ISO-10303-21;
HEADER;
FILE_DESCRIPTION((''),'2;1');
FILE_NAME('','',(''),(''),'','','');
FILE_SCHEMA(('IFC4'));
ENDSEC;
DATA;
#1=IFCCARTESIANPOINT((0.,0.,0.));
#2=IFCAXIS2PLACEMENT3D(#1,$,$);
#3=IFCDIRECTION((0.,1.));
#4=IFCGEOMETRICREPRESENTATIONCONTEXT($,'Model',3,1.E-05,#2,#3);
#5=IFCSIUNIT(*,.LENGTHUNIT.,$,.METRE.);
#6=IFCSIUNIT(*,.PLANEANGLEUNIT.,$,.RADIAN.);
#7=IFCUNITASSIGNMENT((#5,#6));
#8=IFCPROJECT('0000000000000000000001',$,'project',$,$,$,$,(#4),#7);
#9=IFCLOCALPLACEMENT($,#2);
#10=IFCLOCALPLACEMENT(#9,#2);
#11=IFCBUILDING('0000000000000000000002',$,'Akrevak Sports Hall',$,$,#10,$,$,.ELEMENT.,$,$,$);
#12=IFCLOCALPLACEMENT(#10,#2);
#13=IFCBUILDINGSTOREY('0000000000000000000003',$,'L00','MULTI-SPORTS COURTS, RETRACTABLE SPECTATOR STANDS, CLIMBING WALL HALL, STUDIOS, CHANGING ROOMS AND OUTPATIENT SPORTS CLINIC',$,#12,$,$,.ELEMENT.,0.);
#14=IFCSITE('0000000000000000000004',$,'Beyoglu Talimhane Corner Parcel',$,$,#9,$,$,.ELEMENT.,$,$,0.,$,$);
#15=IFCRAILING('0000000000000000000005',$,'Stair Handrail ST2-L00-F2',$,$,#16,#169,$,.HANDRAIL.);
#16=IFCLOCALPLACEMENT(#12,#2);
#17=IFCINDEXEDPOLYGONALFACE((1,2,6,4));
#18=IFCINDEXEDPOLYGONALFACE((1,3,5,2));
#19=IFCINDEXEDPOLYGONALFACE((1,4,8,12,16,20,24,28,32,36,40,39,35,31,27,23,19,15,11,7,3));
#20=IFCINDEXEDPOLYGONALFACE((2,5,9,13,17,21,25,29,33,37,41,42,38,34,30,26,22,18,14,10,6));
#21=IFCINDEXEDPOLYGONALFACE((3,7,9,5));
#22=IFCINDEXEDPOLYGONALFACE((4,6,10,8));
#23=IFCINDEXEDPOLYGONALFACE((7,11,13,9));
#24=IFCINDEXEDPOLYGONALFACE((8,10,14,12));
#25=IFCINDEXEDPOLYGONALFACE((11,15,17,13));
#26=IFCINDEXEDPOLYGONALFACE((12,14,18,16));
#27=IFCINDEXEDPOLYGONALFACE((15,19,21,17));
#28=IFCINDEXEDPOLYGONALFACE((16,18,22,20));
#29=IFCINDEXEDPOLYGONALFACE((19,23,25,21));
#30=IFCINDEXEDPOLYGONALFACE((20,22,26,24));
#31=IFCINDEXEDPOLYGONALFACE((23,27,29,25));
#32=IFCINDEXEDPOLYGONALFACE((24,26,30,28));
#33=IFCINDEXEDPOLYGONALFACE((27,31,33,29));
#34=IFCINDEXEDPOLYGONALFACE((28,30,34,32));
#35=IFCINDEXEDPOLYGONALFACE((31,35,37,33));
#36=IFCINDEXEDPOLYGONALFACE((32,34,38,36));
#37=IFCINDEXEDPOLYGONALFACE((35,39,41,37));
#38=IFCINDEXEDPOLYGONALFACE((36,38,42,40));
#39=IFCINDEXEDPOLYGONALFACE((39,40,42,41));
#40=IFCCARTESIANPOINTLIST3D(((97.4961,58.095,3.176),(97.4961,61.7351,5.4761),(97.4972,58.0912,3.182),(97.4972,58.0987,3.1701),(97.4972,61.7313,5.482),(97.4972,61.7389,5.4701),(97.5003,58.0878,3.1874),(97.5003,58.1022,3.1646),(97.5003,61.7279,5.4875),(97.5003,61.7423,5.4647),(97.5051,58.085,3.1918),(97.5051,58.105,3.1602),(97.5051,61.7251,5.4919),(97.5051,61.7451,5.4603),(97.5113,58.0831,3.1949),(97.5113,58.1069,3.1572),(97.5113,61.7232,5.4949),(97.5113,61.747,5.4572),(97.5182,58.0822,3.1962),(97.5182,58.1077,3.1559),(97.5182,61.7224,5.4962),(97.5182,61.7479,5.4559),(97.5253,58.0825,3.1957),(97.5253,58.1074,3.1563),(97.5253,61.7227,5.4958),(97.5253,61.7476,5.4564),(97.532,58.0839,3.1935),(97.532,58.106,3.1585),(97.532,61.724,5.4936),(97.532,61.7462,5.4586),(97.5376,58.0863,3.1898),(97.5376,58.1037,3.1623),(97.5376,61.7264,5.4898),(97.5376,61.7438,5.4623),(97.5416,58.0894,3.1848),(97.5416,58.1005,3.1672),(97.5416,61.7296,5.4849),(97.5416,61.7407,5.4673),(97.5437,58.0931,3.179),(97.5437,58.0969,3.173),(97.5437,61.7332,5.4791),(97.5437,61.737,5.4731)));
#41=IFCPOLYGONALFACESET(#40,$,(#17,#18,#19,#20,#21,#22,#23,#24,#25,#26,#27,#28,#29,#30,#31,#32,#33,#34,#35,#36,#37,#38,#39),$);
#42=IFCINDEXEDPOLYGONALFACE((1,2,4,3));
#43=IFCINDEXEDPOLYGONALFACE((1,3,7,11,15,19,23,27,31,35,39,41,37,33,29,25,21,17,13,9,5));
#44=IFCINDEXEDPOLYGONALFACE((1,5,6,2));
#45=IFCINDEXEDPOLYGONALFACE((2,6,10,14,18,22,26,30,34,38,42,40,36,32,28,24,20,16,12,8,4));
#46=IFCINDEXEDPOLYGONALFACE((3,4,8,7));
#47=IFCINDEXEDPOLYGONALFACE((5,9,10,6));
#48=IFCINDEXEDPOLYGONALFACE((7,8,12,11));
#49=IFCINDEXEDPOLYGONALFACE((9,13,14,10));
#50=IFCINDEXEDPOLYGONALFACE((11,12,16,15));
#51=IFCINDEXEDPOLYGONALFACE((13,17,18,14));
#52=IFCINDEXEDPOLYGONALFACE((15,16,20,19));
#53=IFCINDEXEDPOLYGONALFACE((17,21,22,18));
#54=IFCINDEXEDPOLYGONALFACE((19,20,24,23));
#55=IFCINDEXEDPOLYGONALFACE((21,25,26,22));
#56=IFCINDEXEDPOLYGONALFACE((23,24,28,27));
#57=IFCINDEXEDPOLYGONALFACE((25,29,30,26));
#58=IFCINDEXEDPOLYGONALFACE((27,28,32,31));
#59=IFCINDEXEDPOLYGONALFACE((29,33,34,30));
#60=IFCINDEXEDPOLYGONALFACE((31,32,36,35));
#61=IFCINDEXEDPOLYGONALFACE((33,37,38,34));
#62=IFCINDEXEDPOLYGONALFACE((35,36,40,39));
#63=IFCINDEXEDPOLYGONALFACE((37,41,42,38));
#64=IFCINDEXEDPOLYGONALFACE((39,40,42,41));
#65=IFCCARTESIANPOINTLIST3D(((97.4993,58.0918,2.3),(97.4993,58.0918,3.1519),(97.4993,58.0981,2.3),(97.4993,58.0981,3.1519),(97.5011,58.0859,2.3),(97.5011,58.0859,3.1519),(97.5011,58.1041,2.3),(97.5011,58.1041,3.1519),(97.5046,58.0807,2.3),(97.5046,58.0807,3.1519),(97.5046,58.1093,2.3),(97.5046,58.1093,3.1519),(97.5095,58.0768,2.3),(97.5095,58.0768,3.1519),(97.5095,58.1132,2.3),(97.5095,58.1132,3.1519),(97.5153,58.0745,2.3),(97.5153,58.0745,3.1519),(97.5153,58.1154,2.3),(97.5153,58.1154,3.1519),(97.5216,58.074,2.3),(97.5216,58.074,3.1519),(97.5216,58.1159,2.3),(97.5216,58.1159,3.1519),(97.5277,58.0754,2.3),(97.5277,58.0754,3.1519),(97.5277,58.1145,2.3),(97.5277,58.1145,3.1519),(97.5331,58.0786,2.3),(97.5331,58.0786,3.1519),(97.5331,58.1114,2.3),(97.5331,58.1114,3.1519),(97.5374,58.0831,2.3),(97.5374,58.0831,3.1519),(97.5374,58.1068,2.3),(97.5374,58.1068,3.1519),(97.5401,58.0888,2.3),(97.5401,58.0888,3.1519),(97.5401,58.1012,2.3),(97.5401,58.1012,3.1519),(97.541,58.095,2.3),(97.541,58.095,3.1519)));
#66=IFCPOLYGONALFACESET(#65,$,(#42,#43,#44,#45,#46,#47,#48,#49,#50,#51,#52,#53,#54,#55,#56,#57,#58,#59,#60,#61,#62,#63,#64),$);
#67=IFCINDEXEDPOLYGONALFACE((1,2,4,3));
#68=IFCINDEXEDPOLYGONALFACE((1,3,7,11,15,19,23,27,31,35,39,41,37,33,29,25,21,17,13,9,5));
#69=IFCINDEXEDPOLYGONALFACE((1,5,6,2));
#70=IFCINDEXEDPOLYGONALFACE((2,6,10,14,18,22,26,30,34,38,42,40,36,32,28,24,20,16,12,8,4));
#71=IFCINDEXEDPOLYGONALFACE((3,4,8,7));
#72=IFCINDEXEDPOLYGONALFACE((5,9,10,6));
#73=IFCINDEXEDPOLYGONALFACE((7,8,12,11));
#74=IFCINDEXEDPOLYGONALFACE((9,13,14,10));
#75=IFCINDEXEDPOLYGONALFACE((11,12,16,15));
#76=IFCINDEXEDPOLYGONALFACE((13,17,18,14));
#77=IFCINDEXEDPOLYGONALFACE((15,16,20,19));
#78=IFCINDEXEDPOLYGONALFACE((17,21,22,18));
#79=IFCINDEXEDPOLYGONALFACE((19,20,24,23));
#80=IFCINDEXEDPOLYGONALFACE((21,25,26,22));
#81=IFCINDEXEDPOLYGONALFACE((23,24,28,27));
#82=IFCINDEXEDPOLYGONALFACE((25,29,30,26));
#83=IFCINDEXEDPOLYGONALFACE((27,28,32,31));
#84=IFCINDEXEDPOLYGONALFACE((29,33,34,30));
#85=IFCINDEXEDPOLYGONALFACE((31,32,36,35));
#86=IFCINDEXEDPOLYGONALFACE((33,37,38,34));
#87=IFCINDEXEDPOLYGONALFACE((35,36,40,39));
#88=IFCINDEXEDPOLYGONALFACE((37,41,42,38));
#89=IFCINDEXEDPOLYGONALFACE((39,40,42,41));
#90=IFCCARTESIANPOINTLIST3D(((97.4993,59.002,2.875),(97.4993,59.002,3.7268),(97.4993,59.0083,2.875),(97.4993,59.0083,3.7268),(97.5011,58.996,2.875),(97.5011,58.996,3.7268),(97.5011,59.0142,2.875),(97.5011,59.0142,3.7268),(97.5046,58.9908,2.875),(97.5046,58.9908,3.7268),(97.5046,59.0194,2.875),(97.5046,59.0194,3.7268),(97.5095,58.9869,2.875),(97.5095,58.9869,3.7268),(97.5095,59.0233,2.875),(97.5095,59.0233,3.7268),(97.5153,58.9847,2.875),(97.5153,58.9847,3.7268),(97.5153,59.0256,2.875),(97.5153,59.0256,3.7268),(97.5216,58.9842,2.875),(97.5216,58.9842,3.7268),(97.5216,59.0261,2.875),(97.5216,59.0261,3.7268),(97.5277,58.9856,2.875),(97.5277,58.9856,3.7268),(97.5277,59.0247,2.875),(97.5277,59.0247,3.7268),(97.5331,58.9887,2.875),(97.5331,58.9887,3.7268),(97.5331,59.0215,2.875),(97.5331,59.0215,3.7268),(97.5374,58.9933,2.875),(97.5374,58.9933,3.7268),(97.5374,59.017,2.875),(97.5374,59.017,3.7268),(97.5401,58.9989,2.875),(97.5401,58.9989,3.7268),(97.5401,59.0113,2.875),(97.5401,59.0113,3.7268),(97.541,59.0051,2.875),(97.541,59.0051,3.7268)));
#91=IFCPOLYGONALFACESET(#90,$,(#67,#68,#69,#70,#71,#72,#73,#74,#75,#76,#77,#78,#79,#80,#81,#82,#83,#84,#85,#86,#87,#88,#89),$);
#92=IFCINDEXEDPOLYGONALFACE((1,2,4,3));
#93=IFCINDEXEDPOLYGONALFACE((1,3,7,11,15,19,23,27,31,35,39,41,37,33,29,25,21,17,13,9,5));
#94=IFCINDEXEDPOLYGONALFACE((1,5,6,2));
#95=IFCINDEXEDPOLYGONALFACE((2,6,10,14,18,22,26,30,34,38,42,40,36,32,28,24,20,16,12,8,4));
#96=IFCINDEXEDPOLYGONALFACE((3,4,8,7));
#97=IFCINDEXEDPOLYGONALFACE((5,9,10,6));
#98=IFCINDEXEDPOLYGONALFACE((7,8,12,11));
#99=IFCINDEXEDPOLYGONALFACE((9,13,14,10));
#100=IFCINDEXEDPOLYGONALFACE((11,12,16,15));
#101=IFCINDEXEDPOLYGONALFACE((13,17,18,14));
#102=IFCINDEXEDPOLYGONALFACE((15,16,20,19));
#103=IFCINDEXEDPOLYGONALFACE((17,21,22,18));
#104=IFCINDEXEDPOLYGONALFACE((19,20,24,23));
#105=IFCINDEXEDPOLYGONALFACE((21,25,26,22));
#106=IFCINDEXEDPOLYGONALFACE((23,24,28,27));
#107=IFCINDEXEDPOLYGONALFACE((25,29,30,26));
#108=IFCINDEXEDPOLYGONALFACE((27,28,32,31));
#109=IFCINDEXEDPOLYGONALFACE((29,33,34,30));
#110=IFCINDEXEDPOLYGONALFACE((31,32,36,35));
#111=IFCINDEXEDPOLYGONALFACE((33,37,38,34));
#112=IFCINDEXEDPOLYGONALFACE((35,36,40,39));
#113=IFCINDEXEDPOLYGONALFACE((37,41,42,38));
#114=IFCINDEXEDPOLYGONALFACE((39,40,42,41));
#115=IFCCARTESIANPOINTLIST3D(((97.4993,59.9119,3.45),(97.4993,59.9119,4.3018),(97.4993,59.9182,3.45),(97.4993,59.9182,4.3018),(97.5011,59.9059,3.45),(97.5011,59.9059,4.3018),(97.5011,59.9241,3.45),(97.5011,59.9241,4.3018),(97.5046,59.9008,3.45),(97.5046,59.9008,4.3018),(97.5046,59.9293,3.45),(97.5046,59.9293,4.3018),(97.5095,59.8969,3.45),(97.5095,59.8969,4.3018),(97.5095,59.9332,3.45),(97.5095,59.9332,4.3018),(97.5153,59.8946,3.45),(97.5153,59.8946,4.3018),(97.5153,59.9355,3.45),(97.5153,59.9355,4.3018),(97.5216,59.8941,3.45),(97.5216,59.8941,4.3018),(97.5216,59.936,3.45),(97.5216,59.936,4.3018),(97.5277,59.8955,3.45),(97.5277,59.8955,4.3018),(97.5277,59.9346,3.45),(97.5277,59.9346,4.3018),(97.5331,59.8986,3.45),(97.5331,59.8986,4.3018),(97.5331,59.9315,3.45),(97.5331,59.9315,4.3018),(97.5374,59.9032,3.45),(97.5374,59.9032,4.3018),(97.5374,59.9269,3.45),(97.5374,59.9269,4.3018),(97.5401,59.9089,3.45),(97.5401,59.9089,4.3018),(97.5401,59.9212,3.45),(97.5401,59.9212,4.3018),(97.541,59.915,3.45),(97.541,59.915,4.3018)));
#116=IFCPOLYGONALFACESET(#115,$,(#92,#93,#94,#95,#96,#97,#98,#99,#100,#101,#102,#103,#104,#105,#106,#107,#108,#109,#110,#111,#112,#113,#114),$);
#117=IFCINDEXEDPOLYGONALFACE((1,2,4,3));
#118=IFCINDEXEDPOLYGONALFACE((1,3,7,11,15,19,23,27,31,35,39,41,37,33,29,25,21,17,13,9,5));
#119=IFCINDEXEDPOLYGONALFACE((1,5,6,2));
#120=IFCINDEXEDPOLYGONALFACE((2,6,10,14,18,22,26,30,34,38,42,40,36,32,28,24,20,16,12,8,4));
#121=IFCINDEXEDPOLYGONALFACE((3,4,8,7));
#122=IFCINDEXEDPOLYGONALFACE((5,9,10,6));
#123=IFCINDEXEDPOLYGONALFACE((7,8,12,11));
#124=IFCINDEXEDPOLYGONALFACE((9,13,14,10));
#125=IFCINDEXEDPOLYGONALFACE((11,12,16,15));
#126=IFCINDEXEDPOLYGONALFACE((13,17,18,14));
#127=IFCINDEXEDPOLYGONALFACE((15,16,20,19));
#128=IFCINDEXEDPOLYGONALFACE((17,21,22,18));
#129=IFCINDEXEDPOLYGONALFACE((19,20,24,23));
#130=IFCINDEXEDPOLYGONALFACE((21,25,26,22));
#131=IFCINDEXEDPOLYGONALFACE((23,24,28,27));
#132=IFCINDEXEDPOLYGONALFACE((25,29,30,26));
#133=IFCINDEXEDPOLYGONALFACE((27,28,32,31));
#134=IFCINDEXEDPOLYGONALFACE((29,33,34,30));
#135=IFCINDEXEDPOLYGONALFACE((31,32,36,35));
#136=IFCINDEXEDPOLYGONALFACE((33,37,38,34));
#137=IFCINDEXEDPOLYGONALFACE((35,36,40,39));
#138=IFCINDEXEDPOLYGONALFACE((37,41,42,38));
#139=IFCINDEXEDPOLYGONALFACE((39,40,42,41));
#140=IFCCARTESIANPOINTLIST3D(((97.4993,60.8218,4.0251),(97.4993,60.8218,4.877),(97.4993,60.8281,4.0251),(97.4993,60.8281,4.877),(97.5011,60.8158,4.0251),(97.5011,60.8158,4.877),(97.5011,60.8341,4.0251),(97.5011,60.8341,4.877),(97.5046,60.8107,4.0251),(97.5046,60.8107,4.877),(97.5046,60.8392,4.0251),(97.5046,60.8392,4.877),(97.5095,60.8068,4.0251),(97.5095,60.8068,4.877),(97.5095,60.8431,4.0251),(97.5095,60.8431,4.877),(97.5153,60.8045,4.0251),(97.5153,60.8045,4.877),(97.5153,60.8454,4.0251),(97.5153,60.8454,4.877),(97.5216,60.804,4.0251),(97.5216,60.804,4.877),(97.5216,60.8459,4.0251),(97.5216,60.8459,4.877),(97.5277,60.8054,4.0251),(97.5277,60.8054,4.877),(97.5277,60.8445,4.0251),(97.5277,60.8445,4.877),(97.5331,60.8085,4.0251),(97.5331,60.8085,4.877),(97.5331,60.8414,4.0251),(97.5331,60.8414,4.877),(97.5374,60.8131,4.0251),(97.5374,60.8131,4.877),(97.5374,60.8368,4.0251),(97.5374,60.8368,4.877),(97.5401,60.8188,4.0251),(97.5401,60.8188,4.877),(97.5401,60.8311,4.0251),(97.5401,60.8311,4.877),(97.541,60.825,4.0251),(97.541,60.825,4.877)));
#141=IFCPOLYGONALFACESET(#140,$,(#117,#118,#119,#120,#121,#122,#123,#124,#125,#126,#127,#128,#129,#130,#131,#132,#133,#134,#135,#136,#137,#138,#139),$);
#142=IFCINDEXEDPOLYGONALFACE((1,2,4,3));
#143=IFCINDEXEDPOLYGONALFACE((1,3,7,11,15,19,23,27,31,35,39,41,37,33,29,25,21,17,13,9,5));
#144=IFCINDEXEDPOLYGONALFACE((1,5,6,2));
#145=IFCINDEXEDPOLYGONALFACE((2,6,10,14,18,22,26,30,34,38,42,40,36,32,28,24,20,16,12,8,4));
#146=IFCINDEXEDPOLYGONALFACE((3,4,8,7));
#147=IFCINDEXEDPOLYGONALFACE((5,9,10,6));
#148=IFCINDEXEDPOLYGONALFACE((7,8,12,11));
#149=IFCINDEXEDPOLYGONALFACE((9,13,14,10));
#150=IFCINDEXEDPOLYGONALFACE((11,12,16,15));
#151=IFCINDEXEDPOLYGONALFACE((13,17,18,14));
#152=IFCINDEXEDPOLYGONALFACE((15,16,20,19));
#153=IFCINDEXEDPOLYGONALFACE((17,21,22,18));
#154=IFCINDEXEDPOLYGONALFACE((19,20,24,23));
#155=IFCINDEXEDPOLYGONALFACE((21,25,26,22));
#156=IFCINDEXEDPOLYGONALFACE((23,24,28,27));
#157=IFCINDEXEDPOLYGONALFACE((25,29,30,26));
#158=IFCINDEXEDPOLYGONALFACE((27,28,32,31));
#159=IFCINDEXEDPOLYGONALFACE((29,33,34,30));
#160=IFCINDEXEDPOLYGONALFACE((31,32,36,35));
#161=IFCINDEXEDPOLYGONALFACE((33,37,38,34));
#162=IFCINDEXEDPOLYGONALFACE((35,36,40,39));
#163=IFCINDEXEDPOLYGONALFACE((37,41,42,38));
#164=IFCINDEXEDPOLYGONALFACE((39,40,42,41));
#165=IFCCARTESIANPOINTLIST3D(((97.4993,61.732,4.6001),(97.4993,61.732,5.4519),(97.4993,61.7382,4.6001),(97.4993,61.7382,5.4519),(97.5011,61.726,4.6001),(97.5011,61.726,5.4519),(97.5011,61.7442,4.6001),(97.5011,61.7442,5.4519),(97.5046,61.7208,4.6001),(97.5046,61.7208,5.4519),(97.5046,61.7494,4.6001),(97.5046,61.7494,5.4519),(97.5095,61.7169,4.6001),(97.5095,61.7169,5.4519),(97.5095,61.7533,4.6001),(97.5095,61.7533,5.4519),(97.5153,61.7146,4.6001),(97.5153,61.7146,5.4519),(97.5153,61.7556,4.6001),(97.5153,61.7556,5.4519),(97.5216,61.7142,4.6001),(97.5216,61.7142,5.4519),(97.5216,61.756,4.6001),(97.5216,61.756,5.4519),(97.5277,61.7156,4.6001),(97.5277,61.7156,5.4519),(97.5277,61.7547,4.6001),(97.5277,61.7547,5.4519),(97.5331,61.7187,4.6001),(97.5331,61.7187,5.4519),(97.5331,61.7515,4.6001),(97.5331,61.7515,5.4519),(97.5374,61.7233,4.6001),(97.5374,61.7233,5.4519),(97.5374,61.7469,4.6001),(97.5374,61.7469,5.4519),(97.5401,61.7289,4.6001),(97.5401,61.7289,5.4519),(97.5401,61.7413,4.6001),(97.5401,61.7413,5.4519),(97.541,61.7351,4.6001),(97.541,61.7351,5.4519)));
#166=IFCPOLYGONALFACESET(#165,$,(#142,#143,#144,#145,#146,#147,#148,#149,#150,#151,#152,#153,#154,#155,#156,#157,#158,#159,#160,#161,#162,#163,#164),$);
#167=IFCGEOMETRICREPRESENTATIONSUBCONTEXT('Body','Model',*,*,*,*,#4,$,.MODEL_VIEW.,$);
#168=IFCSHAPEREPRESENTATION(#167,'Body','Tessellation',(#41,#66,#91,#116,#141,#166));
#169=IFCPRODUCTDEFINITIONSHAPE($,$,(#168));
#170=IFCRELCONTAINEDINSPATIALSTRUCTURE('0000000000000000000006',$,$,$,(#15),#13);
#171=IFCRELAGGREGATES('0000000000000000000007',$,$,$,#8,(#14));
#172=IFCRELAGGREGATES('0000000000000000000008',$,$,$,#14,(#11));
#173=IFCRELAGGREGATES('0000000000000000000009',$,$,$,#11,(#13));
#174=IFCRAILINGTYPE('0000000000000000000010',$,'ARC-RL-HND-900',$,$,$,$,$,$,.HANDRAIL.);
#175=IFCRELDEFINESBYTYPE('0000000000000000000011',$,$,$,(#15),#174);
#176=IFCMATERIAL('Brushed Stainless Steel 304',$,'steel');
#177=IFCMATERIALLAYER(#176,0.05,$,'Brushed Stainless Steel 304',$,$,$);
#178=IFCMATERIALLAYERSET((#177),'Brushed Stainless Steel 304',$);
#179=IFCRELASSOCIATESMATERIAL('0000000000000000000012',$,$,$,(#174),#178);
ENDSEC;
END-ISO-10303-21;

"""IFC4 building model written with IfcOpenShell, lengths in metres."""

from ifc_helpers import new_model, si_unit, direction, frame, origin, origin_2d, place, context, subcontext, project, spatial, circle, extrude, material, layer, layer_set, type_object, element, save


model = new_model("IFC4")

# Units and contexts
model_context = context("Model", 3, precision=1e-05, world=origin(), true_north=direction((0.0, 1.0)))
body_context = subcontext(model_context, "Body", "Model", "MODEL_VIEW")
ifc_project = project(units=[si_unit("LENGTHUNIT", "METRE"), si_unit("PLANEANGLEUNIT", "RADIAN")], contexts=[model_context])

# Site, building, storey
site_placement = place(None, origin())
site = spatial("IfcSite", under=ifc_project, at=site_placement, Name="Beyoglu Talimhane Corner Parcel", CompositionType="ELEMENT", RefElevation=0.0)
building_placement = place(site_placement, origin())
building = spatial("IfcBuilding", under=site, at=building_placement, Name="Akrevak Sports Hall", CompositionType="ELEMENT")
storey_placement = place(building_placement, origin())
storey = spatial("IfcBuildingStorey", under=building, at=storey_placement, Name="L00", Description="MULTI-SPORTS COURTS, RETRACTABLE SPECTATOR STANDS, CLIMBING WALL HALL, STUDIOS, CHANGING ROOMS AND OUTPATIENT SPORTS CLINIC", CompositionType="ELEMENT", Elevation=0.0)

# Railing
ifc_material_1 = material(Name="Brushed Stainless Steel 304", Category="steel")
ifc_layer_1 = layer(ifc_material_1, 0.05, Name="Brushed Stainless Steel 304")
ifc_layer_set_1 = layer_set([ifc_layer_1], Name="Brushed Stainless Steel 304")
railing_type_1 = type_object("IfcRailingType", Name="ARC-RL-HND-900", PredefinedType="HANDRAIL", material=ifc_layer_set_1)
railing_1_placement = place(storey_placement, frame((97.52, 58.095, 2.3)))
element("IfcRailing", 1, at=railing_1_placement, inside=storey, type_object=railing_type_1, Name="Stair Handrail ST2-L00-F2", PredefinedType="HANDRAIL", context=body_context, shape_type="SweptSolid", body=[
    extrude(circle(Radius=0.0239, at=origin_2d()), frame((0.0, 0.0, 0.876), z_axis=(0.0, 0.845382, 0.534162), x_axis=(-1.0, 0.0, 0.0)), (0.0, 0.0, 1.0), 4.3059),
    extrude(circle(Radius=0.021, at=origin_2d()), origin(), (0.0, 0.0, 1.0), 0.8518),
    extrude(circle(Radius=0.021, at=origin_2d()), frame((0.0, 0.9102, 0.575)), (0.0, 0.0, 1.0), 0.8518),
    extrude(circle(Radius=0.021, at=origin_2d()), frame((0.0, 1.8201, 1.1499)), (0.0, 0.0, 1.0), 0.8518),
    extrude(circle(Radius=0.021, at=origin_2d()), frame((0.0, 2.73, 1.7251)), (0.0, 0.0, 1.0), 0.8518),
    extrude(circle(Radius=0.021, at=origin_2d()), frame((0.0, 3.6401, 2.3)), (0.0, 0.0, 1.0), 0.8518),
])

save(model, "model.ifc")
